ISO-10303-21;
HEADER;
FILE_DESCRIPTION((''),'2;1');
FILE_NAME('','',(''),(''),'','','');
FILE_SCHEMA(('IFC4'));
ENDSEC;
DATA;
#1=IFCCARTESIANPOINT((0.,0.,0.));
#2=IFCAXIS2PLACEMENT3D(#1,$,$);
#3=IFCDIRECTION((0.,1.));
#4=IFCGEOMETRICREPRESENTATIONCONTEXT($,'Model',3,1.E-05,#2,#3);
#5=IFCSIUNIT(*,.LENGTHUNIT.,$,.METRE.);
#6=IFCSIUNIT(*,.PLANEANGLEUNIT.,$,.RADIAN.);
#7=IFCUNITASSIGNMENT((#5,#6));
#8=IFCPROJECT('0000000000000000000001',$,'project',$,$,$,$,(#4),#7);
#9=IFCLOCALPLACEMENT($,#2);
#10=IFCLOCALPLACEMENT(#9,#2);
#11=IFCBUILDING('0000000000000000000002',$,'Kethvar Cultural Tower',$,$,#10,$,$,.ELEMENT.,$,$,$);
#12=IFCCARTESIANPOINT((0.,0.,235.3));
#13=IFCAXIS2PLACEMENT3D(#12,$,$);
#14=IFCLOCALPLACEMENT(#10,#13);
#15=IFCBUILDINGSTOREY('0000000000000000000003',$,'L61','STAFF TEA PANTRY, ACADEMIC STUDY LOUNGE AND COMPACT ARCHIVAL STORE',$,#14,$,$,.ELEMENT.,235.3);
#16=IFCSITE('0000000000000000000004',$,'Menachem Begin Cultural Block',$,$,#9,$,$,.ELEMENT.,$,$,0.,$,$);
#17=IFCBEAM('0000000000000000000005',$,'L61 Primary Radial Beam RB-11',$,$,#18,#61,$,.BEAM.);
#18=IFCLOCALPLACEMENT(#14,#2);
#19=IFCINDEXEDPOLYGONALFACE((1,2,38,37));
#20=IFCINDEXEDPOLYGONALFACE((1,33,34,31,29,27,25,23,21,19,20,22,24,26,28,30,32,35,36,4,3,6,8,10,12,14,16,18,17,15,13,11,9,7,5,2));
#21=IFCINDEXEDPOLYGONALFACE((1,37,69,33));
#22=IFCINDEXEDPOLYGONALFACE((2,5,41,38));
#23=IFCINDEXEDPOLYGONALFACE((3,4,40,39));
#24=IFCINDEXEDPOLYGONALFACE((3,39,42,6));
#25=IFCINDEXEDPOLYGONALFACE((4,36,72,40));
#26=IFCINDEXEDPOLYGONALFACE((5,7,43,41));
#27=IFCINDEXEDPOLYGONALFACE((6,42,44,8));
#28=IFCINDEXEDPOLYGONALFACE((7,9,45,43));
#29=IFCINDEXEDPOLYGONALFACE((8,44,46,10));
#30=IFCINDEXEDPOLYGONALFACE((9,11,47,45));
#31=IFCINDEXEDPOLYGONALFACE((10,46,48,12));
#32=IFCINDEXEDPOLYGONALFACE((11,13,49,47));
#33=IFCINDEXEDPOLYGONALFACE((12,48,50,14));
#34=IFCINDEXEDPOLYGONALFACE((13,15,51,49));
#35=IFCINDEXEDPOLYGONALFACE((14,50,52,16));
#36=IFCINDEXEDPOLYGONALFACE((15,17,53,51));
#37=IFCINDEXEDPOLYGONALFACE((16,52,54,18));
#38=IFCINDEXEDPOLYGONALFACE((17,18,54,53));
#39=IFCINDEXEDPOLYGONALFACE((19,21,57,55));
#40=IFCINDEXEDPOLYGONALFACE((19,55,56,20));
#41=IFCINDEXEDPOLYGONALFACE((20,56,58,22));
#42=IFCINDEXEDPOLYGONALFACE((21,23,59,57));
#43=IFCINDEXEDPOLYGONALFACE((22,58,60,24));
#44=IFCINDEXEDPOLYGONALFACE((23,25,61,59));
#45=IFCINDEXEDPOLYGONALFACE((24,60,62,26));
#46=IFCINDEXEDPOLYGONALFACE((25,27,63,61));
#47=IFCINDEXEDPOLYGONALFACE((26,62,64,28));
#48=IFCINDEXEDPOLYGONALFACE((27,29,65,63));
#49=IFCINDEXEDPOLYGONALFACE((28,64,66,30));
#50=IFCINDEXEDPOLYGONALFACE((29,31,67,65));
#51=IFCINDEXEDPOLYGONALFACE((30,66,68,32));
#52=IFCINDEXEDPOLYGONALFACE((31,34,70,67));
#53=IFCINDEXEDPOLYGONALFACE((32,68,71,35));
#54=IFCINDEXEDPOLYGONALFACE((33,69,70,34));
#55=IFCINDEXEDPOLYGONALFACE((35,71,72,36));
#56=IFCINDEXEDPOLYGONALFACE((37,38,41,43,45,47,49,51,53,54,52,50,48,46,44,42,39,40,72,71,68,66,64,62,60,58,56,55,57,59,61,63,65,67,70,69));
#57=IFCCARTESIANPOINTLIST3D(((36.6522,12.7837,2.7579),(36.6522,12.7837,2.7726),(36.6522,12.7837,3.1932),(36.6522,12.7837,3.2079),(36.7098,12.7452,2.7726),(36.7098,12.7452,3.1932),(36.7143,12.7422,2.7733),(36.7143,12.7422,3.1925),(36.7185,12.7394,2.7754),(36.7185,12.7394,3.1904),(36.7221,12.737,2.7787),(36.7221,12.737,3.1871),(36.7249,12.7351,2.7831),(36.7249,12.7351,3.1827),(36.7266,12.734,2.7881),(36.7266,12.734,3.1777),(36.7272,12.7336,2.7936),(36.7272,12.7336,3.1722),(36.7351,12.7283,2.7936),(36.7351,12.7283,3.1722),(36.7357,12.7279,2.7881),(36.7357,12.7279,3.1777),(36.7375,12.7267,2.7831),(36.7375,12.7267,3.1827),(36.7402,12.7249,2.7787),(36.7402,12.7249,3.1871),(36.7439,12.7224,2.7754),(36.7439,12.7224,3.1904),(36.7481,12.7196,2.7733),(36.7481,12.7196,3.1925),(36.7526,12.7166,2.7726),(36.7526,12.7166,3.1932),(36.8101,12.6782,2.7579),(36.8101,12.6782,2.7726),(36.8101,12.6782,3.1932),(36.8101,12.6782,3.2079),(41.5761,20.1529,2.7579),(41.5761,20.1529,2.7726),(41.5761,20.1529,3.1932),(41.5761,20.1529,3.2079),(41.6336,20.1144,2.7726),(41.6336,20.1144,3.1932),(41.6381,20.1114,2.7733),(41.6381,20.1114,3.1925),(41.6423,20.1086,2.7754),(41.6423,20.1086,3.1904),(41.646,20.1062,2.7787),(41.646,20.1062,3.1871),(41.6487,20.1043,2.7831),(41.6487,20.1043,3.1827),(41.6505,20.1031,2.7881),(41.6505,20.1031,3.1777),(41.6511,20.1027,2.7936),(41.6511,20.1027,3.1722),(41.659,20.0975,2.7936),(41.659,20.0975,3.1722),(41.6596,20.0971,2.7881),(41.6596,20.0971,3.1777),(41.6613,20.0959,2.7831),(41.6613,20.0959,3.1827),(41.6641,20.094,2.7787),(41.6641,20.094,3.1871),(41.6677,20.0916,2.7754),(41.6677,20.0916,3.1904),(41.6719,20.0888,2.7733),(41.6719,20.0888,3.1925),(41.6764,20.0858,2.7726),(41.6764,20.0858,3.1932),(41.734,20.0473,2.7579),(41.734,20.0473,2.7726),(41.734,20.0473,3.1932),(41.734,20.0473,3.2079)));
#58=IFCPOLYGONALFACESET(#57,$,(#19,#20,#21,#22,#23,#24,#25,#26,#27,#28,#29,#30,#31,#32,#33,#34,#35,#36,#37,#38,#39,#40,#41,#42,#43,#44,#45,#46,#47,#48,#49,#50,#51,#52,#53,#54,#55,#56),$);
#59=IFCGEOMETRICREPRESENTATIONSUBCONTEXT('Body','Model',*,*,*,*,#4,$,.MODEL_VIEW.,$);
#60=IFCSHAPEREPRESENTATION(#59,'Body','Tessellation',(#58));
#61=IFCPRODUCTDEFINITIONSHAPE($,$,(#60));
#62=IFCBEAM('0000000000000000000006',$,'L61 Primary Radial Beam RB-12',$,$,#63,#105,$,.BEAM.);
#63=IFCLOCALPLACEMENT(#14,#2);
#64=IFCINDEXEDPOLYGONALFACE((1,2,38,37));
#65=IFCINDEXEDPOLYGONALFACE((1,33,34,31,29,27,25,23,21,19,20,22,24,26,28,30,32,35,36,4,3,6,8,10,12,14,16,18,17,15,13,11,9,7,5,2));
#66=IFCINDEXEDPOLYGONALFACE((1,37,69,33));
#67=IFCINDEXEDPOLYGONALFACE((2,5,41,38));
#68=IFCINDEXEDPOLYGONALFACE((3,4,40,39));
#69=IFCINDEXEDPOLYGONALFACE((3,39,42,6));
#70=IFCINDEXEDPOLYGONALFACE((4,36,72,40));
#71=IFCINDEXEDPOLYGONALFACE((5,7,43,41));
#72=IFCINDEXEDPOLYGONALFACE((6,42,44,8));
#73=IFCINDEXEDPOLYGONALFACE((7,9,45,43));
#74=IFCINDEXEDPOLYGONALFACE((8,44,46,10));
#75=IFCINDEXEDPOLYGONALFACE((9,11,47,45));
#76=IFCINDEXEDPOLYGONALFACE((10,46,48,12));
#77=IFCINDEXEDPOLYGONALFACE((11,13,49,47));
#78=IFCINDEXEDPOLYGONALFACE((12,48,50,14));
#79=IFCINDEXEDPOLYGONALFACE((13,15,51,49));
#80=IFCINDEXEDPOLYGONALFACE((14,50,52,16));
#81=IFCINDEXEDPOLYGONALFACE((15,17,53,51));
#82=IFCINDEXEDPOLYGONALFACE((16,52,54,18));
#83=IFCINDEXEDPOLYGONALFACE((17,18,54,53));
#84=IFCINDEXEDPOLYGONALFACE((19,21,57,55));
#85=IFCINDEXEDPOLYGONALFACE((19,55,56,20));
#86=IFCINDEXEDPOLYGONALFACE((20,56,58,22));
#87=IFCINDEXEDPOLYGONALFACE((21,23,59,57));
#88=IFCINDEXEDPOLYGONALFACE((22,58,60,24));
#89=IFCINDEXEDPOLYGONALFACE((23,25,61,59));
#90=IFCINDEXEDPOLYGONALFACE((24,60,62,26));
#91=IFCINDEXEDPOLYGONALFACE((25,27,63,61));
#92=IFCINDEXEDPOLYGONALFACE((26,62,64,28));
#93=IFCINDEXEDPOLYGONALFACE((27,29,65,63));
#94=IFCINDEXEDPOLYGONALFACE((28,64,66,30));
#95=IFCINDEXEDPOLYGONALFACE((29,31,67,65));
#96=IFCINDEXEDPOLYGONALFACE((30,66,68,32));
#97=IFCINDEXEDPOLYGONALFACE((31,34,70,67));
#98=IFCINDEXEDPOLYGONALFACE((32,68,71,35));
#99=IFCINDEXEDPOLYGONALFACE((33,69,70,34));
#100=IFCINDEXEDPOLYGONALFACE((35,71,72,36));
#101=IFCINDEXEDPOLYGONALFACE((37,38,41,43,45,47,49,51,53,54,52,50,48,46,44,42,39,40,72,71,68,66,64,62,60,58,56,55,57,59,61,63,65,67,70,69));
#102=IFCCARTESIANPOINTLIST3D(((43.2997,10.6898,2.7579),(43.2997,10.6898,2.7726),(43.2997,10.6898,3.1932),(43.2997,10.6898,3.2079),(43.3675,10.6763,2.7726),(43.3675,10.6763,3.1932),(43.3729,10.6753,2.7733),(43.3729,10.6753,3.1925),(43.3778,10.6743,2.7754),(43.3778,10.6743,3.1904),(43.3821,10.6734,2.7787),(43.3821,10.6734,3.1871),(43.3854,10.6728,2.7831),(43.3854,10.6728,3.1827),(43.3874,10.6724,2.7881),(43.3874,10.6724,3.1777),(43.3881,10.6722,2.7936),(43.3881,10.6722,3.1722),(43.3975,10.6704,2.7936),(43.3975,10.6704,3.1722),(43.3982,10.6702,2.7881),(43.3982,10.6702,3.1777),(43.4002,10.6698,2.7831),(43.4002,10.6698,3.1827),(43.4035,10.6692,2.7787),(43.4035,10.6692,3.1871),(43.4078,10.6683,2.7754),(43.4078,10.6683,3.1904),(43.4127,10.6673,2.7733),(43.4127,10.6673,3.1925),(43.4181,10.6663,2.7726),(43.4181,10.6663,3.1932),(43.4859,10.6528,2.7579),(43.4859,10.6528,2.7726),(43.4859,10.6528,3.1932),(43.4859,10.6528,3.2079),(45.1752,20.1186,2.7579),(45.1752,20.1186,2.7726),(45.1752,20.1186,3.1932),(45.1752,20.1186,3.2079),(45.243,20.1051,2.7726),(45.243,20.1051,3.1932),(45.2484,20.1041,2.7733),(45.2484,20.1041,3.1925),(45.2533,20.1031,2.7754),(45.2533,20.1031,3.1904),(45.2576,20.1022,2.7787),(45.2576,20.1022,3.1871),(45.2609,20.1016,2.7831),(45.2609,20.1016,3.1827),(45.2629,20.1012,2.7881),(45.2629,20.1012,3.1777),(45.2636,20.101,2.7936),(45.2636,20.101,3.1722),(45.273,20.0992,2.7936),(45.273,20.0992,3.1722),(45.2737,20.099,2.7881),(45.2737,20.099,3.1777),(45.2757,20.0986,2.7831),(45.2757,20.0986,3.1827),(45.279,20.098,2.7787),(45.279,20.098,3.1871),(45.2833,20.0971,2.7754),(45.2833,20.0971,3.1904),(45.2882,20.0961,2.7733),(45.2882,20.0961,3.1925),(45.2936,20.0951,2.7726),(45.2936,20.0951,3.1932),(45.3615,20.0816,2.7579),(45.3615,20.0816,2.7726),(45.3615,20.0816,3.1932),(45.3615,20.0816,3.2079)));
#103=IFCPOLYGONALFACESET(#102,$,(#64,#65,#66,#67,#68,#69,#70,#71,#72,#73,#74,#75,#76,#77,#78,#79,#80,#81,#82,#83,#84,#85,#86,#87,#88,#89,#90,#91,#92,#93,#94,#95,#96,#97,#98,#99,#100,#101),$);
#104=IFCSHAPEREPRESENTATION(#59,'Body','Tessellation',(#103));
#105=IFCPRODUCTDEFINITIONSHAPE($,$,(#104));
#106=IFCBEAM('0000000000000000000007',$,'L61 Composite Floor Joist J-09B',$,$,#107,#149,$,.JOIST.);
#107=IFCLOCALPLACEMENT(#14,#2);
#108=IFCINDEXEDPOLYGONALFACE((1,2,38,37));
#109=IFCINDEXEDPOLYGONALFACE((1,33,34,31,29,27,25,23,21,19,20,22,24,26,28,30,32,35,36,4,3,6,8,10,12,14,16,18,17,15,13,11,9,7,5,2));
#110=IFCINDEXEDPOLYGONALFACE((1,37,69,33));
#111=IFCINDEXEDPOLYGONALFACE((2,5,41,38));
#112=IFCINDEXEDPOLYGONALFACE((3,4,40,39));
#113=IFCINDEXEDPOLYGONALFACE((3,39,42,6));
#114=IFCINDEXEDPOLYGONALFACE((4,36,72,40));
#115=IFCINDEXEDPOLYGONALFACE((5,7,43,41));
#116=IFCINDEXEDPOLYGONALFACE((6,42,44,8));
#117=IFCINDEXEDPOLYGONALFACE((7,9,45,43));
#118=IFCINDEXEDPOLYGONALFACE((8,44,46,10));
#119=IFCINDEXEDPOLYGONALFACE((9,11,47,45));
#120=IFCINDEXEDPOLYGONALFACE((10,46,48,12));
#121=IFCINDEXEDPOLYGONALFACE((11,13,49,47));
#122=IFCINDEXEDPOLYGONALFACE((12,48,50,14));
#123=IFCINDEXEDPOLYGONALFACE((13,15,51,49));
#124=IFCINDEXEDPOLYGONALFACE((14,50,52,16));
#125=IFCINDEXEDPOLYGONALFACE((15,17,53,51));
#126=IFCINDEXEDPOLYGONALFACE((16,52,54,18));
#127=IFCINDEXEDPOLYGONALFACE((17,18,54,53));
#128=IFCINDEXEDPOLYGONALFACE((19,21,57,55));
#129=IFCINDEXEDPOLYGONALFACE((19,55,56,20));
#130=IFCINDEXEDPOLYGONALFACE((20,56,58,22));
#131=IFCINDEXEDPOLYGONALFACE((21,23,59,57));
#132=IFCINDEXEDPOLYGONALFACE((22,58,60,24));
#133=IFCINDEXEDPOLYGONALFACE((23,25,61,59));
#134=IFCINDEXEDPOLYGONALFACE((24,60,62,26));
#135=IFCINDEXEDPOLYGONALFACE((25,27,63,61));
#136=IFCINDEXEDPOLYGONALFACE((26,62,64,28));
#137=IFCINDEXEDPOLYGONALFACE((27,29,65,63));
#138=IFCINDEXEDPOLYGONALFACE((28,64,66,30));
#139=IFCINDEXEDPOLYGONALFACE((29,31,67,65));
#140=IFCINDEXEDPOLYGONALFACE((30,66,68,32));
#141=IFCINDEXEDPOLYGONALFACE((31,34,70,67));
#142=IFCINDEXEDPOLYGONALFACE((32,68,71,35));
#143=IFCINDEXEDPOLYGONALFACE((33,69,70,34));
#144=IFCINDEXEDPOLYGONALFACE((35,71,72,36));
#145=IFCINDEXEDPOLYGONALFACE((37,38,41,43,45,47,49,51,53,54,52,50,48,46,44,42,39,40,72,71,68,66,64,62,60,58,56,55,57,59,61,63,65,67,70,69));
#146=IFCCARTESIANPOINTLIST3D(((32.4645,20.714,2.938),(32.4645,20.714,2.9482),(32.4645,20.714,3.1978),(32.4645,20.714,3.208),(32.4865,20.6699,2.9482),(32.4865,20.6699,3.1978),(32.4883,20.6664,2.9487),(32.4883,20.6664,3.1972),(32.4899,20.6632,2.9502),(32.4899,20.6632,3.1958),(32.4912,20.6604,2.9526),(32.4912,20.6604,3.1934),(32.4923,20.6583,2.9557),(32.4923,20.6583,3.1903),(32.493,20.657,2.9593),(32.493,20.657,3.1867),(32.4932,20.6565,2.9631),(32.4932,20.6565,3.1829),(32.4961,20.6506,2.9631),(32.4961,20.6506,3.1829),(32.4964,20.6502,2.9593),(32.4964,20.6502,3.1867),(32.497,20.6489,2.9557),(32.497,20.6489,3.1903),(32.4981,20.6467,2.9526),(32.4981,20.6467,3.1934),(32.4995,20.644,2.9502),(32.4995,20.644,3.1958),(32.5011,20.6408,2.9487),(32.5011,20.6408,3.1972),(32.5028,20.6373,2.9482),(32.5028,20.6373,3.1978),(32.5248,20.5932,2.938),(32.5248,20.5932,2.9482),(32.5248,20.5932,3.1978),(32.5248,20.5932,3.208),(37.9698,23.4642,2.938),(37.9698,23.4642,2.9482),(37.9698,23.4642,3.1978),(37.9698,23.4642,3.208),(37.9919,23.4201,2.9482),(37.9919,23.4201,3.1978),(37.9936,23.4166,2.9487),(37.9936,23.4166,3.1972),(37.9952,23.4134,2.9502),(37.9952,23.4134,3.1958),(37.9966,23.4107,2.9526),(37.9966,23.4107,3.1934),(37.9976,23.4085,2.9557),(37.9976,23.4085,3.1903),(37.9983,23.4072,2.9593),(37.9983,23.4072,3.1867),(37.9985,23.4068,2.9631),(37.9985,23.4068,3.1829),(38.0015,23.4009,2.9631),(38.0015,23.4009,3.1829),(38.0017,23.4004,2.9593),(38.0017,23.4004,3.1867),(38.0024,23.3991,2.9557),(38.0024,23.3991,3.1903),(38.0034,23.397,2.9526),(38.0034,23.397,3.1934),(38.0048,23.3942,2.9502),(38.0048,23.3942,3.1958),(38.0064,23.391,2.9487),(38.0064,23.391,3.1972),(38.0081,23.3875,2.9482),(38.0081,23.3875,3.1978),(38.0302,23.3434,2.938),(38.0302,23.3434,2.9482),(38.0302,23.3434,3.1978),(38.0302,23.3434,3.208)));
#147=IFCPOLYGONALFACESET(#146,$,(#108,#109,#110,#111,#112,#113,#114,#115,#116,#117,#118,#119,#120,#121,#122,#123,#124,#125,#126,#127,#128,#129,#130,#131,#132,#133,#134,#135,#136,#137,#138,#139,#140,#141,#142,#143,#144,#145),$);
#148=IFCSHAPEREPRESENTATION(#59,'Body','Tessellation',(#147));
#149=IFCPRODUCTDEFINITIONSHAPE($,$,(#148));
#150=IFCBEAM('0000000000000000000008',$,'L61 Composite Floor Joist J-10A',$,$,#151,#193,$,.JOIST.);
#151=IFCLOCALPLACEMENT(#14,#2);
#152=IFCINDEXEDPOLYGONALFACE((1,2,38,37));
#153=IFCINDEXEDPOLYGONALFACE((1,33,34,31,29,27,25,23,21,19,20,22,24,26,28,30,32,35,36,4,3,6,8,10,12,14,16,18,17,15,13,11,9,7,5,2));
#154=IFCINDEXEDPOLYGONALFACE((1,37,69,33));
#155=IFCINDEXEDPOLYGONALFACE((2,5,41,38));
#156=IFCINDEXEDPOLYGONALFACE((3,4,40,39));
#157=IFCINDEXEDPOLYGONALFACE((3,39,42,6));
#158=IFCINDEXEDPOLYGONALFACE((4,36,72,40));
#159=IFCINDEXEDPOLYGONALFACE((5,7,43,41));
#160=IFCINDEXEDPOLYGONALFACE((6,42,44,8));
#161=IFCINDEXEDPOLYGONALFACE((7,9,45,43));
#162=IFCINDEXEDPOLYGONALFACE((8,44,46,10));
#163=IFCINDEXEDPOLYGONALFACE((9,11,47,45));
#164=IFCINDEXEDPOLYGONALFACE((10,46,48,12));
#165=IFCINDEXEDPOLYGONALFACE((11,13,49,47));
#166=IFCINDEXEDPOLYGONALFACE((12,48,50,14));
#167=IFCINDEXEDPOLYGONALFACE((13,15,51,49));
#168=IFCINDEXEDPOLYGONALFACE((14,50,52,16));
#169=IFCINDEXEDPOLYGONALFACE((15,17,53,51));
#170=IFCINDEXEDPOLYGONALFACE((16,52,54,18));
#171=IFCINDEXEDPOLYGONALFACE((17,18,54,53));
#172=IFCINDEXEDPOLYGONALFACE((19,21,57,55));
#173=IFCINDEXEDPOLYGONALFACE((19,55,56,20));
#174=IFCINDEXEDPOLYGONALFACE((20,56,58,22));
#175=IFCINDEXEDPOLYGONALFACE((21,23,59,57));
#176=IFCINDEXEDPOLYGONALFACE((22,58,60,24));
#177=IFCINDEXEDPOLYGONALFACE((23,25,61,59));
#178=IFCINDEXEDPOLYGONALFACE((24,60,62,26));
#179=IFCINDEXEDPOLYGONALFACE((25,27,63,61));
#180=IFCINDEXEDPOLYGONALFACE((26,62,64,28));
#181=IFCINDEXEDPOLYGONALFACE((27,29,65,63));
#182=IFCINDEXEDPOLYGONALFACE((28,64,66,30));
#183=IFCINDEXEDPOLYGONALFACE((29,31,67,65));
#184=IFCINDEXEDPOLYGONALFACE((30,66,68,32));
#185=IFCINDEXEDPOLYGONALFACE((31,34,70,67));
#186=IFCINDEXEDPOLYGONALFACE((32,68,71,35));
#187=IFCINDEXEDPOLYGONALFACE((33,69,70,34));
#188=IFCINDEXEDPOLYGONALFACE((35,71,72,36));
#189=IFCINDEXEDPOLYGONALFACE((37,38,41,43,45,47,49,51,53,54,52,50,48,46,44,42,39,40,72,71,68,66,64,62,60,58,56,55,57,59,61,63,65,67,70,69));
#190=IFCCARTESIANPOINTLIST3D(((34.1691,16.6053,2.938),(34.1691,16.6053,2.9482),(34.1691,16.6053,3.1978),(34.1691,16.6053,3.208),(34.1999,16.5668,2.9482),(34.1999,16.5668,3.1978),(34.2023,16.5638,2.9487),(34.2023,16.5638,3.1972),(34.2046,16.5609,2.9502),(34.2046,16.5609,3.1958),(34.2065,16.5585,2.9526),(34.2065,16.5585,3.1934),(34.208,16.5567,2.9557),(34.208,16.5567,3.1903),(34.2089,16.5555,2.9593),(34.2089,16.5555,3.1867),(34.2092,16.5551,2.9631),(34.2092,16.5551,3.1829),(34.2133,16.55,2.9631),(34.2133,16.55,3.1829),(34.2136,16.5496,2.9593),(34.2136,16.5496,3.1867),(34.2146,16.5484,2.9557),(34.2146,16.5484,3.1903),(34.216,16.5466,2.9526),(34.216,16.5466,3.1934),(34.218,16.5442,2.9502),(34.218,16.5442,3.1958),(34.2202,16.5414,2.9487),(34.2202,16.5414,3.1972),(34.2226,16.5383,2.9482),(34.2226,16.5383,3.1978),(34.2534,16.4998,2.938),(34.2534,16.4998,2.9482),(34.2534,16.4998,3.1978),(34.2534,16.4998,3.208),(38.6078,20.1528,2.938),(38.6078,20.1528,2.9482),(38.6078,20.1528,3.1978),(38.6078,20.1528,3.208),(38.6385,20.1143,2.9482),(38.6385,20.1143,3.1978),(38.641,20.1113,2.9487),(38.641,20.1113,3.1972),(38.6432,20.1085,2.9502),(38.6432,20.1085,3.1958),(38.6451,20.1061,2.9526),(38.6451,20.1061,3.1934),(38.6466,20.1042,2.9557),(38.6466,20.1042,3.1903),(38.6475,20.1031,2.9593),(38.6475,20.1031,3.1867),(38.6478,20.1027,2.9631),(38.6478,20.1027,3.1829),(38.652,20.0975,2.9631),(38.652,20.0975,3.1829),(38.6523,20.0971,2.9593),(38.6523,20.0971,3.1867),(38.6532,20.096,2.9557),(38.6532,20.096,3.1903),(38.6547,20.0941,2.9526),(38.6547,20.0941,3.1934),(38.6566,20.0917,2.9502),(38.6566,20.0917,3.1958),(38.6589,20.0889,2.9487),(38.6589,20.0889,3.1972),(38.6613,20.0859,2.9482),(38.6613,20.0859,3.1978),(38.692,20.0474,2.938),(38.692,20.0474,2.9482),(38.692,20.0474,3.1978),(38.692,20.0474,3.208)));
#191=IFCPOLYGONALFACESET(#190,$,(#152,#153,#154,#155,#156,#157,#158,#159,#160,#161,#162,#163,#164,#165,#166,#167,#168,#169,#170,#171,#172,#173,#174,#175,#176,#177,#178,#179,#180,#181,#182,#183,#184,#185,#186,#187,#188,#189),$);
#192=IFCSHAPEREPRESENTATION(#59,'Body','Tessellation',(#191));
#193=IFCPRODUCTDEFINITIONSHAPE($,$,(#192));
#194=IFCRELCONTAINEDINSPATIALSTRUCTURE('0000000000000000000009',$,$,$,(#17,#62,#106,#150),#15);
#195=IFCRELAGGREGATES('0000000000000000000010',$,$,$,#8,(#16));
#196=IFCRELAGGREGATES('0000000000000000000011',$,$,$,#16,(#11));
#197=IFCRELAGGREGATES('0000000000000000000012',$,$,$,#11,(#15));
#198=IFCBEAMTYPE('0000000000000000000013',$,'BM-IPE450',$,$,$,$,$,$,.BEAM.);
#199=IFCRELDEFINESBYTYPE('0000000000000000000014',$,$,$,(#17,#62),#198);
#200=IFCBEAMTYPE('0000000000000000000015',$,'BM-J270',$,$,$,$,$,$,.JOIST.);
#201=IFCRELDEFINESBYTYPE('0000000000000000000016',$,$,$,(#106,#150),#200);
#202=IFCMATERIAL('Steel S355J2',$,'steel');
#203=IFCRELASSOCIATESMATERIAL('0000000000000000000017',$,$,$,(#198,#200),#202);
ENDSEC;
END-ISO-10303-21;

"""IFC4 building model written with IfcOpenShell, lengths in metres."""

from ifc_helpers import new_model, si_unit, direction, frame, origin, origin_2d, place, context, subcontext, project, spatial, i_section, extrude, source, transform, mapped, material, material_profile, profile_set, type_object, element, save


model = new_model("IFC4")

# Units and contexts
model_context = context("Model", 3, precision=1e-05, world=origin(), true_north=direction((0.0, 1.0)))
body_context = subcontext(model_context, "Body", "Model", "MODEL_VIEW")
ifc_project = project(units=[si_unit("LENGTHUNIT", "METRE"), si_unit("PLANEANGLEUNIT", "RADIAN")], contexts=[model_context])

# Site, building, storey
site_placement = place(None, origin())
site = spatial("IfcSite", under=ifc_project, at=site_placement, Name="Menachem Begin Cultural Block", CompositionType="ELEMENT", RefElevation=0.0)
building_placement = place(site_placement, origin())
building = spatial("IfcBuilding", under=site, at=building_placement, Name="Kethvar Cultural Tower", CompositionType="ELEMENT")
storey_placement = place(building_placement, frame((0.0, 0.0, 235.3)))
storey = spatial("IfcBuildingStorey", under=building, at=storey_placement, Name="L61", Description="STAFF TEA PANTRY, ACADEMIC STUDY LOUNGE AND COMPACT ARCHIVAL STORE", CompositionType="ELEMENT", Elevation=235.3)

# Beams
ifc_material_1 = material(Name="Steel S355J2", Category="steel")
ifc_material_profile_1 = material_profile(ifc_material_1, i_section(OverallWidth=0.1899, OverallDepth=0.45, WebThickness=0.0095, FlangeThickness=0.0146, FilletRadius=0.021, at=origin_2d()), Name="Steel S355J2 — IPE450")
ifc_profile_set_1 = profile_set([ifc_material_profile_1], Name="Steel S355J2 — IPE450")
beam_type_1 = type_object("IfcBeamType", Name="BM-IPE450", PredefinedType="BEAM", material=ifc_profile_set_1)
shared_shape_1 = source(origin(), body_context, "Body", "SweptSolid", [
    extrude(i_section(OverallWidth=0.1899, OverallDepth=0.45, WebThickness=0.0095, FlangeThickness=0.0146, FilletRadius=0.021, at=origin_2d()), origin(), (0.0, 0.0, 1.0), 8.8628),
])
beam_1_placement = place(storey_placement, frame((41.655, 20.1001, 2.9829), z_axis=(-0.555564, -0.831473, 0.0), x_axis=(0.831473, -0.555564, 0.0)))
element("IfcBeam", 1, at=beam_1_placement, inside=storey, type_object=beam_type_1, Name="L61 Primary Radial Beam RB-11", PredefinedType="BEAM", context=body_context, shape_type="MappedRepresentation", body=[
    mapped(shared_shape_1, transform((0.0, 0.0, 0.0), scale=1.0)),
])
shared_shape_2 = source(origin(), body_context, "Body", "SweptSolid", [
    extrude(i_section(OverallWidth=0.1899, OverallDepth=0.45, WebThickness=0.0095, FlangeThickness=0.0146, FilletRadius=0.021, at=origin_2d()), origin(), (0.0, 0.0, 1.0), 9.6135),
])
beam_2_placement = place(storey_placement, frame((45.2683, 20.1001, 2.9829), z_axis=(-0.19509, -0.980785, 0.0), x_axis=(0.980785, -0.19509, 0.0)))
element("IfcBeam", 2, at=beam_2_placement, inside=storey, type_object=beam_type_1, Name="L61 Primary Radial Beam RB-12", PredefinedType="BEAM", context=body_context, shape_type="MappedRepresentation", body=[
    mapped(shared_shape_2, transform((0.0, 0.0, 0.0), scale=1.0)),
])
ifc_material_profile_2 = material_profile(ifc_material_1, i_section(OverallWidth=0.135, OverallDepth=0.27, WebThickness=0.0066, FlangeThickness=0.0103, FilletRadius=0.0149, at=origin_2d()), Name="Steel S355J2 — IPE270")
ifc_profile_set_2 = profile_set([ifc_material_profile_2], Name="Steel S355J2 — IPE270")
beam_type_2 = type_object("IfcBeamType", Name="BM-J270", PredefinedType="JOIST", material=ifc_profile_set_2)
shared_shape_3 = source(origin(), body_context, "Body", "SweptSolid", [
    extrude(i_section(OverallWidth=0.135, OverallDepth=0.27, WebThickness=0.0066, FlangeThickness=0.0103, FilletRadius=0.0149, at=origin_2d()), origin(), (0.0, 0.0, 1.0), 6.1541),
])
beam_3_placement = place(storey_placement, frame((38.0, 23.4038, 3.073), z_axis=(-0.894586, -0.446896, 0.0), x_axis=(0.446896, -0.894586, 0.0)))
element("IfcBeam", 3, at=beam_3_placement, inside=storey, type_object=beam_type_2, Name="L61 Composite Floor Joist J-09B", PredefinedType="JOIST", context=body_context, shape_type="MappedRepresentation", body=[
    mapped(shared_shape_3, transform((0.0, 0.0, 0.0), scale=1.0)),
])
shared_shape_4 = source(origin(), body_context, "Body", "SweptSolid", [
    extrude(i_section(OverallWidth=0.135, OverallDepth=0.27, WebThickness=0.0066, FlangeThickness=0.0103, FilletRadius=0.0149, at=origin_2d()), origin(), (0.0, 0.0, 1.0), 5.6821),
])
beam_4_placement = place(storey_placement, frame((38.6499, 20.1001, 3.073), z_axis=(-0.781158, -0.624333, 0.0), x_axis=(0.624333, -0.781158, 0.0)))
element("IfcBeam", 4, at=beam_4_placement, inside=storey, type_object=beam_type_2, Name="L61 Composite Floor Joist J-10A", PredefinedType="JOIST", context=body_context, shape_type="MappedRepresentation", body=[
    mapped(shared_shape_4, transform((0.0, 0.0, 0.0), scale=1.0)),
])

save(model, "model.ifc")
